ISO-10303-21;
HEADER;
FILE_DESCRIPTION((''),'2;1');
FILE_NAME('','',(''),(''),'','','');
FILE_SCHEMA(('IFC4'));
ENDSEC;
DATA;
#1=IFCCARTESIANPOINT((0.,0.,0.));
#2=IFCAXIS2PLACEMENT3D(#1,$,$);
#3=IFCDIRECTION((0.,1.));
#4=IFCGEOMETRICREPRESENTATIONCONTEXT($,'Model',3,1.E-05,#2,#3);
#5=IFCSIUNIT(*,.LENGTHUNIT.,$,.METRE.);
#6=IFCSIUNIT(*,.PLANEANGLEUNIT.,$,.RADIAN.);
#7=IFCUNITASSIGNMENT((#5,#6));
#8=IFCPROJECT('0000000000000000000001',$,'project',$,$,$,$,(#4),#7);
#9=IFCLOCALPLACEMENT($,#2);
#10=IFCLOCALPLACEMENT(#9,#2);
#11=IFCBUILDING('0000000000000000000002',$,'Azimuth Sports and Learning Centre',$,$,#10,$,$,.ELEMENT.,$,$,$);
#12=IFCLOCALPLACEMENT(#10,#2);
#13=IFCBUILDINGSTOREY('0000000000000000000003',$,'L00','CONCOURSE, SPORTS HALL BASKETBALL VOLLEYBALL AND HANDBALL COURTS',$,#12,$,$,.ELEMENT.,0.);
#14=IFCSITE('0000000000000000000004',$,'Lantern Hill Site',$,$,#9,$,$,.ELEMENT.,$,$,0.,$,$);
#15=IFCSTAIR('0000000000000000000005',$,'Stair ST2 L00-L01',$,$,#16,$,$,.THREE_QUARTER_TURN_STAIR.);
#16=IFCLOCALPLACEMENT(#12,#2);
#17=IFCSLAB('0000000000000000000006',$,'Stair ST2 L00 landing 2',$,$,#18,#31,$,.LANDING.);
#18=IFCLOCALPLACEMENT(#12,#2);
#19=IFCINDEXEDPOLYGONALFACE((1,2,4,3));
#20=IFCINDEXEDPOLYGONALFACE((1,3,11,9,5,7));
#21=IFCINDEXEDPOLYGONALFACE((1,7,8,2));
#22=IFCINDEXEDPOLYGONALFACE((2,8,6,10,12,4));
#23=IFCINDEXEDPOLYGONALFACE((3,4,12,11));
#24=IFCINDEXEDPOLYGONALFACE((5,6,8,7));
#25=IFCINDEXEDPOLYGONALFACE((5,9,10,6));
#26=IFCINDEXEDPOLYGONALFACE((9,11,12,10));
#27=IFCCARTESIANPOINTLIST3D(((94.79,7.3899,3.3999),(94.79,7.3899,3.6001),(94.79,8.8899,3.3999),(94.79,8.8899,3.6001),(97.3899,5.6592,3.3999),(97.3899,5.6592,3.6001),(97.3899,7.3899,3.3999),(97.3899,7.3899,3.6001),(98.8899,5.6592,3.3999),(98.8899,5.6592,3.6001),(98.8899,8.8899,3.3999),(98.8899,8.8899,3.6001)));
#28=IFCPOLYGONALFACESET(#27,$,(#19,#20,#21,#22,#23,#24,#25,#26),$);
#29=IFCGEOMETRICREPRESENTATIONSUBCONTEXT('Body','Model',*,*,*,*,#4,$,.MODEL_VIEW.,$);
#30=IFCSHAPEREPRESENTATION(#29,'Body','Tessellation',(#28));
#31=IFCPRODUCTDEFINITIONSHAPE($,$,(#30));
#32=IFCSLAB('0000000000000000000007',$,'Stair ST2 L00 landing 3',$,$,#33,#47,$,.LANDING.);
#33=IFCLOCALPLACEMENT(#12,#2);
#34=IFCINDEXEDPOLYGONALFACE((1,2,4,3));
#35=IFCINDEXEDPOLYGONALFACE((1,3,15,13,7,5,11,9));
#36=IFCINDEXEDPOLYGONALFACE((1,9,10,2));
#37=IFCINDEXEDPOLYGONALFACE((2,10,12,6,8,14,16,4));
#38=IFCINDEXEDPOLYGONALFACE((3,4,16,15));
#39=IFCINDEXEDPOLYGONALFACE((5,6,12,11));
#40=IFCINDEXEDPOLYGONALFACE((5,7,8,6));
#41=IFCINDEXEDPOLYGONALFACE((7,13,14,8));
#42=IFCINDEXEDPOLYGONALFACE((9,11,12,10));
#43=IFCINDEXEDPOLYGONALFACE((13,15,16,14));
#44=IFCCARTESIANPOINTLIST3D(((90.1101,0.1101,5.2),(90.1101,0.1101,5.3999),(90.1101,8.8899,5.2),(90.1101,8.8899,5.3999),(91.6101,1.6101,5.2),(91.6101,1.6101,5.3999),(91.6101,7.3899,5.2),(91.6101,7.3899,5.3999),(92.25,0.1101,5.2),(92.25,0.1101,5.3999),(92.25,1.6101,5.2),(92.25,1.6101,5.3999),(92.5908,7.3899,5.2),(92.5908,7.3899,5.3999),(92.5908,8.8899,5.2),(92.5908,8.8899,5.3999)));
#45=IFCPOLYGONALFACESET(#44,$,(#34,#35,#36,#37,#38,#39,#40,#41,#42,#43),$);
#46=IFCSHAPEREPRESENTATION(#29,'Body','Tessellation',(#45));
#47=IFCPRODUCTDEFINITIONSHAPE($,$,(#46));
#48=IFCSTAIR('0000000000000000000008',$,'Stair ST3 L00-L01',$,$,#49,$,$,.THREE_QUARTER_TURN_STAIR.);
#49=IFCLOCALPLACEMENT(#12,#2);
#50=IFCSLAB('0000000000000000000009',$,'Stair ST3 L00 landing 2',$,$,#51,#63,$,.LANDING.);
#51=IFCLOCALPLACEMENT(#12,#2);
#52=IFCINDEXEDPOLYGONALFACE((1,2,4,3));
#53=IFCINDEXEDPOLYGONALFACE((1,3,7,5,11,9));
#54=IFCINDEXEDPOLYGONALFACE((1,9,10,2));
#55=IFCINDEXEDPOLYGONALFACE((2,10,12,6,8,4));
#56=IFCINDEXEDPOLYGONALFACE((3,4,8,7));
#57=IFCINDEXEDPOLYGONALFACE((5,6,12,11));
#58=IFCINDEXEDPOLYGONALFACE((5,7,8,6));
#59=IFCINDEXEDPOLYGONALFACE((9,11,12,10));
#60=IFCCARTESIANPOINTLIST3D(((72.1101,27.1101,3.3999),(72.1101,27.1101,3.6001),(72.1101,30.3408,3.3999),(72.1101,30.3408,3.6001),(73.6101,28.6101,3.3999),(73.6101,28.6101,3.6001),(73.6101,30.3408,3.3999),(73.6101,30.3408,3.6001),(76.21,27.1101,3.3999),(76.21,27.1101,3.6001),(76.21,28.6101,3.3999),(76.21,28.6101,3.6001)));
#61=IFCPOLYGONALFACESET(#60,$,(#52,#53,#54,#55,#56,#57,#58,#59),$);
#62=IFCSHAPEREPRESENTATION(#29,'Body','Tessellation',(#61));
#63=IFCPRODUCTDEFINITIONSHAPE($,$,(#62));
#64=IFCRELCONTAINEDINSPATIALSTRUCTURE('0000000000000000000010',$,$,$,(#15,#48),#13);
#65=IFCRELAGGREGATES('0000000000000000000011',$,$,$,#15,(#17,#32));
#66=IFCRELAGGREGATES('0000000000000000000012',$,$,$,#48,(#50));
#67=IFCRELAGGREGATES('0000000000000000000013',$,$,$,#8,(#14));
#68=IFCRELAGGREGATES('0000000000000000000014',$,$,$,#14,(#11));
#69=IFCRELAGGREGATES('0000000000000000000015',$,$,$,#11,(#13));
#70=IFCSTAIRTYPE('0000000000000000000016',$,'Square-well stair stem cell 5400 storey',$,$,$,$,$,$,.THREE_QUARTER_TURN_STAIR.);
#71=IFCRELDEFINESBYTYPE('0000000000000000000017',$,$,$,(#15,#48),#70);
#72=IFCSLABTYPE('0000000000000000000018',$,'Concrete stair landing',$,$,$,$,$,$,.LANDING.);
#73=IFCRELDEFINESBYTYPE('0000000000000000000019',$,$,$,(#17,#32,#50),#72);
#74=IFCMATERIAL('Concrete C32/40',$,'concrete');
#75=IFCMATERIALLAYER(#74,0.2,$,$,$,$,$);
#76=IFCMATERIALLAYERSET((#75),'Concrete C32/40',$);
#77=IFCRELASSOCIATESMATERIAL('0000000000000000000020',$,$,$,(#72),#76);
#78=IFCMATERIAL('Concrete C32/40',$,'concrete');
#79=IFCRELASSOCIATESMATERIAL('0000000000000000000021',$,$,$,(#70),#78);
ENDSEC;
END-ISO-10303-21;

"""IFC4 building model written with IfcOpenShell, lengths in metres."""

from ifc_helpers import new_model, si_unit, direction, frame, origin, place, context, subcontext, project, spatial, polyline, outline, extrude, material, layer, layer_set, type_object, element, aggregate, save


model = new_model("IFC4")

# Units and contexts
model_context = context("Model", 3, precision=1e-05, world=origin(), true_north=direction((0.0, 1.0)))
body_context = subcontext(model_context, "Body", "Model", "MODEL_VIEW")
ifc_project = project(units=[si_unit("LENGTHUNIT", "METRE"), si_unit("PLANEANGLEUNIT", "RADIAN")], contexts=[model_context])

# Site, building, storey
site_placement = place(None, origin())
site = spatial("IfcSite", under=ifc_project, at=site_placement, Name="Lantern Hill Site", CompositionType="ELEMENT", RefElevation=0.0)
building_placement = place(site_placement, origin())
building = spatial("IfcBuilding", under=site, at=building_placement, Name="Azimuth Sports and Learning Centre", CompositionType="ELEMENT")
storey_placement = place(building_placement, origin())
storey = spatial("IfcBuildingStorey", under=building, at=storey_placement, Name="L00", Description="CONCOURSE, SPORTS HALL BASKETBALL VOLLEYBALL AND HANDBALL COURTS", CompositionType="ELEMENT", Elevation=0.0)

# Shared definitions
ifc_material_1 = material(Name="Concrete C32/40", Category="concrete")
ifc_layer = layer(ifc_material_1, 0.2)
ifc_layer_set = layer_set([ifc_layer], Name="Concrete C32/40")
slab_type = type_object("IfcSlabType", Name="Concrete stair landing", PredefinedType="LANDING", material=ifc_layer_set)

# Stair, slabs
ifc_material_2 = material(Name="Concrete C32/40", Category="concrete")
stair_type_1 = type_object("IfcStairType", Name="Square-well stair stem cell 5400 storey", PredefinedType="THREE_QUARTER_TURN_STAIR", material=ifc_material_2)
stair_1_placement = place(storey_placement, origin())
stair_1 = element("IfcStair", 1, at=stair_1_placement, inside=storey, type_object=stair_type_1, Name="Stair ST2 L00-L01", PredefinedType="THREE_QUARTER_TURN_STAIR")
slab_1_placement = place(storey_placement, frame((0.0, 0.0, 3.3999)))
slab_1 = element("IfcSlab", 2, at=slab_1_placement, type_object=slab_type, Name="Stair ST2 L00 landing 2", PredefinedType="LANDING", context=body_context, shape_type="SweptSolid", body=[
    extrude(outline(polyline([(97.3899, 7.3899), (97.3899, 5.6592), (98.8899, 5.6592), (98.8899, 8.8899), (94.79, 8.8899), (94.79, 7.3899), (97.3899, 7.3899)])), origin(), (0.0, 0.0, 1.0), 0.2002),
])
slab_2_placement = place(storey_placement, frame((0.0, 0.0, 5.2)))
slab_2 = element("IfcSlab", 3, at=slab_2_placement, type_object=slab_type, Name="Stair ST2 L00 landing 3", PredefinedType="LANDING", context=body_context, shape_type="SweptSolid", body=[
    extrude(outline(polyline([(91.6101, 7.3899), (92.5908, 7.3899), (92.5908, 8.8899), (90.1101, 8.8899), (90.1101, 0.1101), (92.25, 0.1101), (92.25, 1.6101), (91.6101, 1.6101), (91.6101, 7.3899)])), origin(), (0.0, 0.0, 1.0), 0.2),
])
aggregate(stair_1, [slab_1, slab_2])

# Stair, slab
stair_2_placement = place(storey_placement, origin())
stair_2 = element("IfcStair", 4, at=stair_2_placement, inside=storey, type_object=stair_type_1, Name="Stair ST3 L00-L01", PredefinedType="THREE_QUARTER_TURN_STAIR")
slab_3_placement = place(storey_placement, frame((0.0, 0.0, 3.3999)))
slab_3 = element("IfcSlab", 5, at=slab_3_placement, type_object=slab_type, Name="Stair ST3 L00 landing 2", PredefinedType="LANDING", context=body_context, shape_type="SweptSolid", body=[
    extrude(outline(polyline([(73.6101, 28.6101), (73.6101, 30.3408), (72.1101, 30.3408), (72.1101, 27.1101), (76.21, 27.1101), (76.21, 28.6101), (73.6101, 28.6101)])), origin(), (0.0, 0.0, 1.0), 0.2002),
])
aggregate(stair_2, [slab_3])

save(model, "model.ifc")
